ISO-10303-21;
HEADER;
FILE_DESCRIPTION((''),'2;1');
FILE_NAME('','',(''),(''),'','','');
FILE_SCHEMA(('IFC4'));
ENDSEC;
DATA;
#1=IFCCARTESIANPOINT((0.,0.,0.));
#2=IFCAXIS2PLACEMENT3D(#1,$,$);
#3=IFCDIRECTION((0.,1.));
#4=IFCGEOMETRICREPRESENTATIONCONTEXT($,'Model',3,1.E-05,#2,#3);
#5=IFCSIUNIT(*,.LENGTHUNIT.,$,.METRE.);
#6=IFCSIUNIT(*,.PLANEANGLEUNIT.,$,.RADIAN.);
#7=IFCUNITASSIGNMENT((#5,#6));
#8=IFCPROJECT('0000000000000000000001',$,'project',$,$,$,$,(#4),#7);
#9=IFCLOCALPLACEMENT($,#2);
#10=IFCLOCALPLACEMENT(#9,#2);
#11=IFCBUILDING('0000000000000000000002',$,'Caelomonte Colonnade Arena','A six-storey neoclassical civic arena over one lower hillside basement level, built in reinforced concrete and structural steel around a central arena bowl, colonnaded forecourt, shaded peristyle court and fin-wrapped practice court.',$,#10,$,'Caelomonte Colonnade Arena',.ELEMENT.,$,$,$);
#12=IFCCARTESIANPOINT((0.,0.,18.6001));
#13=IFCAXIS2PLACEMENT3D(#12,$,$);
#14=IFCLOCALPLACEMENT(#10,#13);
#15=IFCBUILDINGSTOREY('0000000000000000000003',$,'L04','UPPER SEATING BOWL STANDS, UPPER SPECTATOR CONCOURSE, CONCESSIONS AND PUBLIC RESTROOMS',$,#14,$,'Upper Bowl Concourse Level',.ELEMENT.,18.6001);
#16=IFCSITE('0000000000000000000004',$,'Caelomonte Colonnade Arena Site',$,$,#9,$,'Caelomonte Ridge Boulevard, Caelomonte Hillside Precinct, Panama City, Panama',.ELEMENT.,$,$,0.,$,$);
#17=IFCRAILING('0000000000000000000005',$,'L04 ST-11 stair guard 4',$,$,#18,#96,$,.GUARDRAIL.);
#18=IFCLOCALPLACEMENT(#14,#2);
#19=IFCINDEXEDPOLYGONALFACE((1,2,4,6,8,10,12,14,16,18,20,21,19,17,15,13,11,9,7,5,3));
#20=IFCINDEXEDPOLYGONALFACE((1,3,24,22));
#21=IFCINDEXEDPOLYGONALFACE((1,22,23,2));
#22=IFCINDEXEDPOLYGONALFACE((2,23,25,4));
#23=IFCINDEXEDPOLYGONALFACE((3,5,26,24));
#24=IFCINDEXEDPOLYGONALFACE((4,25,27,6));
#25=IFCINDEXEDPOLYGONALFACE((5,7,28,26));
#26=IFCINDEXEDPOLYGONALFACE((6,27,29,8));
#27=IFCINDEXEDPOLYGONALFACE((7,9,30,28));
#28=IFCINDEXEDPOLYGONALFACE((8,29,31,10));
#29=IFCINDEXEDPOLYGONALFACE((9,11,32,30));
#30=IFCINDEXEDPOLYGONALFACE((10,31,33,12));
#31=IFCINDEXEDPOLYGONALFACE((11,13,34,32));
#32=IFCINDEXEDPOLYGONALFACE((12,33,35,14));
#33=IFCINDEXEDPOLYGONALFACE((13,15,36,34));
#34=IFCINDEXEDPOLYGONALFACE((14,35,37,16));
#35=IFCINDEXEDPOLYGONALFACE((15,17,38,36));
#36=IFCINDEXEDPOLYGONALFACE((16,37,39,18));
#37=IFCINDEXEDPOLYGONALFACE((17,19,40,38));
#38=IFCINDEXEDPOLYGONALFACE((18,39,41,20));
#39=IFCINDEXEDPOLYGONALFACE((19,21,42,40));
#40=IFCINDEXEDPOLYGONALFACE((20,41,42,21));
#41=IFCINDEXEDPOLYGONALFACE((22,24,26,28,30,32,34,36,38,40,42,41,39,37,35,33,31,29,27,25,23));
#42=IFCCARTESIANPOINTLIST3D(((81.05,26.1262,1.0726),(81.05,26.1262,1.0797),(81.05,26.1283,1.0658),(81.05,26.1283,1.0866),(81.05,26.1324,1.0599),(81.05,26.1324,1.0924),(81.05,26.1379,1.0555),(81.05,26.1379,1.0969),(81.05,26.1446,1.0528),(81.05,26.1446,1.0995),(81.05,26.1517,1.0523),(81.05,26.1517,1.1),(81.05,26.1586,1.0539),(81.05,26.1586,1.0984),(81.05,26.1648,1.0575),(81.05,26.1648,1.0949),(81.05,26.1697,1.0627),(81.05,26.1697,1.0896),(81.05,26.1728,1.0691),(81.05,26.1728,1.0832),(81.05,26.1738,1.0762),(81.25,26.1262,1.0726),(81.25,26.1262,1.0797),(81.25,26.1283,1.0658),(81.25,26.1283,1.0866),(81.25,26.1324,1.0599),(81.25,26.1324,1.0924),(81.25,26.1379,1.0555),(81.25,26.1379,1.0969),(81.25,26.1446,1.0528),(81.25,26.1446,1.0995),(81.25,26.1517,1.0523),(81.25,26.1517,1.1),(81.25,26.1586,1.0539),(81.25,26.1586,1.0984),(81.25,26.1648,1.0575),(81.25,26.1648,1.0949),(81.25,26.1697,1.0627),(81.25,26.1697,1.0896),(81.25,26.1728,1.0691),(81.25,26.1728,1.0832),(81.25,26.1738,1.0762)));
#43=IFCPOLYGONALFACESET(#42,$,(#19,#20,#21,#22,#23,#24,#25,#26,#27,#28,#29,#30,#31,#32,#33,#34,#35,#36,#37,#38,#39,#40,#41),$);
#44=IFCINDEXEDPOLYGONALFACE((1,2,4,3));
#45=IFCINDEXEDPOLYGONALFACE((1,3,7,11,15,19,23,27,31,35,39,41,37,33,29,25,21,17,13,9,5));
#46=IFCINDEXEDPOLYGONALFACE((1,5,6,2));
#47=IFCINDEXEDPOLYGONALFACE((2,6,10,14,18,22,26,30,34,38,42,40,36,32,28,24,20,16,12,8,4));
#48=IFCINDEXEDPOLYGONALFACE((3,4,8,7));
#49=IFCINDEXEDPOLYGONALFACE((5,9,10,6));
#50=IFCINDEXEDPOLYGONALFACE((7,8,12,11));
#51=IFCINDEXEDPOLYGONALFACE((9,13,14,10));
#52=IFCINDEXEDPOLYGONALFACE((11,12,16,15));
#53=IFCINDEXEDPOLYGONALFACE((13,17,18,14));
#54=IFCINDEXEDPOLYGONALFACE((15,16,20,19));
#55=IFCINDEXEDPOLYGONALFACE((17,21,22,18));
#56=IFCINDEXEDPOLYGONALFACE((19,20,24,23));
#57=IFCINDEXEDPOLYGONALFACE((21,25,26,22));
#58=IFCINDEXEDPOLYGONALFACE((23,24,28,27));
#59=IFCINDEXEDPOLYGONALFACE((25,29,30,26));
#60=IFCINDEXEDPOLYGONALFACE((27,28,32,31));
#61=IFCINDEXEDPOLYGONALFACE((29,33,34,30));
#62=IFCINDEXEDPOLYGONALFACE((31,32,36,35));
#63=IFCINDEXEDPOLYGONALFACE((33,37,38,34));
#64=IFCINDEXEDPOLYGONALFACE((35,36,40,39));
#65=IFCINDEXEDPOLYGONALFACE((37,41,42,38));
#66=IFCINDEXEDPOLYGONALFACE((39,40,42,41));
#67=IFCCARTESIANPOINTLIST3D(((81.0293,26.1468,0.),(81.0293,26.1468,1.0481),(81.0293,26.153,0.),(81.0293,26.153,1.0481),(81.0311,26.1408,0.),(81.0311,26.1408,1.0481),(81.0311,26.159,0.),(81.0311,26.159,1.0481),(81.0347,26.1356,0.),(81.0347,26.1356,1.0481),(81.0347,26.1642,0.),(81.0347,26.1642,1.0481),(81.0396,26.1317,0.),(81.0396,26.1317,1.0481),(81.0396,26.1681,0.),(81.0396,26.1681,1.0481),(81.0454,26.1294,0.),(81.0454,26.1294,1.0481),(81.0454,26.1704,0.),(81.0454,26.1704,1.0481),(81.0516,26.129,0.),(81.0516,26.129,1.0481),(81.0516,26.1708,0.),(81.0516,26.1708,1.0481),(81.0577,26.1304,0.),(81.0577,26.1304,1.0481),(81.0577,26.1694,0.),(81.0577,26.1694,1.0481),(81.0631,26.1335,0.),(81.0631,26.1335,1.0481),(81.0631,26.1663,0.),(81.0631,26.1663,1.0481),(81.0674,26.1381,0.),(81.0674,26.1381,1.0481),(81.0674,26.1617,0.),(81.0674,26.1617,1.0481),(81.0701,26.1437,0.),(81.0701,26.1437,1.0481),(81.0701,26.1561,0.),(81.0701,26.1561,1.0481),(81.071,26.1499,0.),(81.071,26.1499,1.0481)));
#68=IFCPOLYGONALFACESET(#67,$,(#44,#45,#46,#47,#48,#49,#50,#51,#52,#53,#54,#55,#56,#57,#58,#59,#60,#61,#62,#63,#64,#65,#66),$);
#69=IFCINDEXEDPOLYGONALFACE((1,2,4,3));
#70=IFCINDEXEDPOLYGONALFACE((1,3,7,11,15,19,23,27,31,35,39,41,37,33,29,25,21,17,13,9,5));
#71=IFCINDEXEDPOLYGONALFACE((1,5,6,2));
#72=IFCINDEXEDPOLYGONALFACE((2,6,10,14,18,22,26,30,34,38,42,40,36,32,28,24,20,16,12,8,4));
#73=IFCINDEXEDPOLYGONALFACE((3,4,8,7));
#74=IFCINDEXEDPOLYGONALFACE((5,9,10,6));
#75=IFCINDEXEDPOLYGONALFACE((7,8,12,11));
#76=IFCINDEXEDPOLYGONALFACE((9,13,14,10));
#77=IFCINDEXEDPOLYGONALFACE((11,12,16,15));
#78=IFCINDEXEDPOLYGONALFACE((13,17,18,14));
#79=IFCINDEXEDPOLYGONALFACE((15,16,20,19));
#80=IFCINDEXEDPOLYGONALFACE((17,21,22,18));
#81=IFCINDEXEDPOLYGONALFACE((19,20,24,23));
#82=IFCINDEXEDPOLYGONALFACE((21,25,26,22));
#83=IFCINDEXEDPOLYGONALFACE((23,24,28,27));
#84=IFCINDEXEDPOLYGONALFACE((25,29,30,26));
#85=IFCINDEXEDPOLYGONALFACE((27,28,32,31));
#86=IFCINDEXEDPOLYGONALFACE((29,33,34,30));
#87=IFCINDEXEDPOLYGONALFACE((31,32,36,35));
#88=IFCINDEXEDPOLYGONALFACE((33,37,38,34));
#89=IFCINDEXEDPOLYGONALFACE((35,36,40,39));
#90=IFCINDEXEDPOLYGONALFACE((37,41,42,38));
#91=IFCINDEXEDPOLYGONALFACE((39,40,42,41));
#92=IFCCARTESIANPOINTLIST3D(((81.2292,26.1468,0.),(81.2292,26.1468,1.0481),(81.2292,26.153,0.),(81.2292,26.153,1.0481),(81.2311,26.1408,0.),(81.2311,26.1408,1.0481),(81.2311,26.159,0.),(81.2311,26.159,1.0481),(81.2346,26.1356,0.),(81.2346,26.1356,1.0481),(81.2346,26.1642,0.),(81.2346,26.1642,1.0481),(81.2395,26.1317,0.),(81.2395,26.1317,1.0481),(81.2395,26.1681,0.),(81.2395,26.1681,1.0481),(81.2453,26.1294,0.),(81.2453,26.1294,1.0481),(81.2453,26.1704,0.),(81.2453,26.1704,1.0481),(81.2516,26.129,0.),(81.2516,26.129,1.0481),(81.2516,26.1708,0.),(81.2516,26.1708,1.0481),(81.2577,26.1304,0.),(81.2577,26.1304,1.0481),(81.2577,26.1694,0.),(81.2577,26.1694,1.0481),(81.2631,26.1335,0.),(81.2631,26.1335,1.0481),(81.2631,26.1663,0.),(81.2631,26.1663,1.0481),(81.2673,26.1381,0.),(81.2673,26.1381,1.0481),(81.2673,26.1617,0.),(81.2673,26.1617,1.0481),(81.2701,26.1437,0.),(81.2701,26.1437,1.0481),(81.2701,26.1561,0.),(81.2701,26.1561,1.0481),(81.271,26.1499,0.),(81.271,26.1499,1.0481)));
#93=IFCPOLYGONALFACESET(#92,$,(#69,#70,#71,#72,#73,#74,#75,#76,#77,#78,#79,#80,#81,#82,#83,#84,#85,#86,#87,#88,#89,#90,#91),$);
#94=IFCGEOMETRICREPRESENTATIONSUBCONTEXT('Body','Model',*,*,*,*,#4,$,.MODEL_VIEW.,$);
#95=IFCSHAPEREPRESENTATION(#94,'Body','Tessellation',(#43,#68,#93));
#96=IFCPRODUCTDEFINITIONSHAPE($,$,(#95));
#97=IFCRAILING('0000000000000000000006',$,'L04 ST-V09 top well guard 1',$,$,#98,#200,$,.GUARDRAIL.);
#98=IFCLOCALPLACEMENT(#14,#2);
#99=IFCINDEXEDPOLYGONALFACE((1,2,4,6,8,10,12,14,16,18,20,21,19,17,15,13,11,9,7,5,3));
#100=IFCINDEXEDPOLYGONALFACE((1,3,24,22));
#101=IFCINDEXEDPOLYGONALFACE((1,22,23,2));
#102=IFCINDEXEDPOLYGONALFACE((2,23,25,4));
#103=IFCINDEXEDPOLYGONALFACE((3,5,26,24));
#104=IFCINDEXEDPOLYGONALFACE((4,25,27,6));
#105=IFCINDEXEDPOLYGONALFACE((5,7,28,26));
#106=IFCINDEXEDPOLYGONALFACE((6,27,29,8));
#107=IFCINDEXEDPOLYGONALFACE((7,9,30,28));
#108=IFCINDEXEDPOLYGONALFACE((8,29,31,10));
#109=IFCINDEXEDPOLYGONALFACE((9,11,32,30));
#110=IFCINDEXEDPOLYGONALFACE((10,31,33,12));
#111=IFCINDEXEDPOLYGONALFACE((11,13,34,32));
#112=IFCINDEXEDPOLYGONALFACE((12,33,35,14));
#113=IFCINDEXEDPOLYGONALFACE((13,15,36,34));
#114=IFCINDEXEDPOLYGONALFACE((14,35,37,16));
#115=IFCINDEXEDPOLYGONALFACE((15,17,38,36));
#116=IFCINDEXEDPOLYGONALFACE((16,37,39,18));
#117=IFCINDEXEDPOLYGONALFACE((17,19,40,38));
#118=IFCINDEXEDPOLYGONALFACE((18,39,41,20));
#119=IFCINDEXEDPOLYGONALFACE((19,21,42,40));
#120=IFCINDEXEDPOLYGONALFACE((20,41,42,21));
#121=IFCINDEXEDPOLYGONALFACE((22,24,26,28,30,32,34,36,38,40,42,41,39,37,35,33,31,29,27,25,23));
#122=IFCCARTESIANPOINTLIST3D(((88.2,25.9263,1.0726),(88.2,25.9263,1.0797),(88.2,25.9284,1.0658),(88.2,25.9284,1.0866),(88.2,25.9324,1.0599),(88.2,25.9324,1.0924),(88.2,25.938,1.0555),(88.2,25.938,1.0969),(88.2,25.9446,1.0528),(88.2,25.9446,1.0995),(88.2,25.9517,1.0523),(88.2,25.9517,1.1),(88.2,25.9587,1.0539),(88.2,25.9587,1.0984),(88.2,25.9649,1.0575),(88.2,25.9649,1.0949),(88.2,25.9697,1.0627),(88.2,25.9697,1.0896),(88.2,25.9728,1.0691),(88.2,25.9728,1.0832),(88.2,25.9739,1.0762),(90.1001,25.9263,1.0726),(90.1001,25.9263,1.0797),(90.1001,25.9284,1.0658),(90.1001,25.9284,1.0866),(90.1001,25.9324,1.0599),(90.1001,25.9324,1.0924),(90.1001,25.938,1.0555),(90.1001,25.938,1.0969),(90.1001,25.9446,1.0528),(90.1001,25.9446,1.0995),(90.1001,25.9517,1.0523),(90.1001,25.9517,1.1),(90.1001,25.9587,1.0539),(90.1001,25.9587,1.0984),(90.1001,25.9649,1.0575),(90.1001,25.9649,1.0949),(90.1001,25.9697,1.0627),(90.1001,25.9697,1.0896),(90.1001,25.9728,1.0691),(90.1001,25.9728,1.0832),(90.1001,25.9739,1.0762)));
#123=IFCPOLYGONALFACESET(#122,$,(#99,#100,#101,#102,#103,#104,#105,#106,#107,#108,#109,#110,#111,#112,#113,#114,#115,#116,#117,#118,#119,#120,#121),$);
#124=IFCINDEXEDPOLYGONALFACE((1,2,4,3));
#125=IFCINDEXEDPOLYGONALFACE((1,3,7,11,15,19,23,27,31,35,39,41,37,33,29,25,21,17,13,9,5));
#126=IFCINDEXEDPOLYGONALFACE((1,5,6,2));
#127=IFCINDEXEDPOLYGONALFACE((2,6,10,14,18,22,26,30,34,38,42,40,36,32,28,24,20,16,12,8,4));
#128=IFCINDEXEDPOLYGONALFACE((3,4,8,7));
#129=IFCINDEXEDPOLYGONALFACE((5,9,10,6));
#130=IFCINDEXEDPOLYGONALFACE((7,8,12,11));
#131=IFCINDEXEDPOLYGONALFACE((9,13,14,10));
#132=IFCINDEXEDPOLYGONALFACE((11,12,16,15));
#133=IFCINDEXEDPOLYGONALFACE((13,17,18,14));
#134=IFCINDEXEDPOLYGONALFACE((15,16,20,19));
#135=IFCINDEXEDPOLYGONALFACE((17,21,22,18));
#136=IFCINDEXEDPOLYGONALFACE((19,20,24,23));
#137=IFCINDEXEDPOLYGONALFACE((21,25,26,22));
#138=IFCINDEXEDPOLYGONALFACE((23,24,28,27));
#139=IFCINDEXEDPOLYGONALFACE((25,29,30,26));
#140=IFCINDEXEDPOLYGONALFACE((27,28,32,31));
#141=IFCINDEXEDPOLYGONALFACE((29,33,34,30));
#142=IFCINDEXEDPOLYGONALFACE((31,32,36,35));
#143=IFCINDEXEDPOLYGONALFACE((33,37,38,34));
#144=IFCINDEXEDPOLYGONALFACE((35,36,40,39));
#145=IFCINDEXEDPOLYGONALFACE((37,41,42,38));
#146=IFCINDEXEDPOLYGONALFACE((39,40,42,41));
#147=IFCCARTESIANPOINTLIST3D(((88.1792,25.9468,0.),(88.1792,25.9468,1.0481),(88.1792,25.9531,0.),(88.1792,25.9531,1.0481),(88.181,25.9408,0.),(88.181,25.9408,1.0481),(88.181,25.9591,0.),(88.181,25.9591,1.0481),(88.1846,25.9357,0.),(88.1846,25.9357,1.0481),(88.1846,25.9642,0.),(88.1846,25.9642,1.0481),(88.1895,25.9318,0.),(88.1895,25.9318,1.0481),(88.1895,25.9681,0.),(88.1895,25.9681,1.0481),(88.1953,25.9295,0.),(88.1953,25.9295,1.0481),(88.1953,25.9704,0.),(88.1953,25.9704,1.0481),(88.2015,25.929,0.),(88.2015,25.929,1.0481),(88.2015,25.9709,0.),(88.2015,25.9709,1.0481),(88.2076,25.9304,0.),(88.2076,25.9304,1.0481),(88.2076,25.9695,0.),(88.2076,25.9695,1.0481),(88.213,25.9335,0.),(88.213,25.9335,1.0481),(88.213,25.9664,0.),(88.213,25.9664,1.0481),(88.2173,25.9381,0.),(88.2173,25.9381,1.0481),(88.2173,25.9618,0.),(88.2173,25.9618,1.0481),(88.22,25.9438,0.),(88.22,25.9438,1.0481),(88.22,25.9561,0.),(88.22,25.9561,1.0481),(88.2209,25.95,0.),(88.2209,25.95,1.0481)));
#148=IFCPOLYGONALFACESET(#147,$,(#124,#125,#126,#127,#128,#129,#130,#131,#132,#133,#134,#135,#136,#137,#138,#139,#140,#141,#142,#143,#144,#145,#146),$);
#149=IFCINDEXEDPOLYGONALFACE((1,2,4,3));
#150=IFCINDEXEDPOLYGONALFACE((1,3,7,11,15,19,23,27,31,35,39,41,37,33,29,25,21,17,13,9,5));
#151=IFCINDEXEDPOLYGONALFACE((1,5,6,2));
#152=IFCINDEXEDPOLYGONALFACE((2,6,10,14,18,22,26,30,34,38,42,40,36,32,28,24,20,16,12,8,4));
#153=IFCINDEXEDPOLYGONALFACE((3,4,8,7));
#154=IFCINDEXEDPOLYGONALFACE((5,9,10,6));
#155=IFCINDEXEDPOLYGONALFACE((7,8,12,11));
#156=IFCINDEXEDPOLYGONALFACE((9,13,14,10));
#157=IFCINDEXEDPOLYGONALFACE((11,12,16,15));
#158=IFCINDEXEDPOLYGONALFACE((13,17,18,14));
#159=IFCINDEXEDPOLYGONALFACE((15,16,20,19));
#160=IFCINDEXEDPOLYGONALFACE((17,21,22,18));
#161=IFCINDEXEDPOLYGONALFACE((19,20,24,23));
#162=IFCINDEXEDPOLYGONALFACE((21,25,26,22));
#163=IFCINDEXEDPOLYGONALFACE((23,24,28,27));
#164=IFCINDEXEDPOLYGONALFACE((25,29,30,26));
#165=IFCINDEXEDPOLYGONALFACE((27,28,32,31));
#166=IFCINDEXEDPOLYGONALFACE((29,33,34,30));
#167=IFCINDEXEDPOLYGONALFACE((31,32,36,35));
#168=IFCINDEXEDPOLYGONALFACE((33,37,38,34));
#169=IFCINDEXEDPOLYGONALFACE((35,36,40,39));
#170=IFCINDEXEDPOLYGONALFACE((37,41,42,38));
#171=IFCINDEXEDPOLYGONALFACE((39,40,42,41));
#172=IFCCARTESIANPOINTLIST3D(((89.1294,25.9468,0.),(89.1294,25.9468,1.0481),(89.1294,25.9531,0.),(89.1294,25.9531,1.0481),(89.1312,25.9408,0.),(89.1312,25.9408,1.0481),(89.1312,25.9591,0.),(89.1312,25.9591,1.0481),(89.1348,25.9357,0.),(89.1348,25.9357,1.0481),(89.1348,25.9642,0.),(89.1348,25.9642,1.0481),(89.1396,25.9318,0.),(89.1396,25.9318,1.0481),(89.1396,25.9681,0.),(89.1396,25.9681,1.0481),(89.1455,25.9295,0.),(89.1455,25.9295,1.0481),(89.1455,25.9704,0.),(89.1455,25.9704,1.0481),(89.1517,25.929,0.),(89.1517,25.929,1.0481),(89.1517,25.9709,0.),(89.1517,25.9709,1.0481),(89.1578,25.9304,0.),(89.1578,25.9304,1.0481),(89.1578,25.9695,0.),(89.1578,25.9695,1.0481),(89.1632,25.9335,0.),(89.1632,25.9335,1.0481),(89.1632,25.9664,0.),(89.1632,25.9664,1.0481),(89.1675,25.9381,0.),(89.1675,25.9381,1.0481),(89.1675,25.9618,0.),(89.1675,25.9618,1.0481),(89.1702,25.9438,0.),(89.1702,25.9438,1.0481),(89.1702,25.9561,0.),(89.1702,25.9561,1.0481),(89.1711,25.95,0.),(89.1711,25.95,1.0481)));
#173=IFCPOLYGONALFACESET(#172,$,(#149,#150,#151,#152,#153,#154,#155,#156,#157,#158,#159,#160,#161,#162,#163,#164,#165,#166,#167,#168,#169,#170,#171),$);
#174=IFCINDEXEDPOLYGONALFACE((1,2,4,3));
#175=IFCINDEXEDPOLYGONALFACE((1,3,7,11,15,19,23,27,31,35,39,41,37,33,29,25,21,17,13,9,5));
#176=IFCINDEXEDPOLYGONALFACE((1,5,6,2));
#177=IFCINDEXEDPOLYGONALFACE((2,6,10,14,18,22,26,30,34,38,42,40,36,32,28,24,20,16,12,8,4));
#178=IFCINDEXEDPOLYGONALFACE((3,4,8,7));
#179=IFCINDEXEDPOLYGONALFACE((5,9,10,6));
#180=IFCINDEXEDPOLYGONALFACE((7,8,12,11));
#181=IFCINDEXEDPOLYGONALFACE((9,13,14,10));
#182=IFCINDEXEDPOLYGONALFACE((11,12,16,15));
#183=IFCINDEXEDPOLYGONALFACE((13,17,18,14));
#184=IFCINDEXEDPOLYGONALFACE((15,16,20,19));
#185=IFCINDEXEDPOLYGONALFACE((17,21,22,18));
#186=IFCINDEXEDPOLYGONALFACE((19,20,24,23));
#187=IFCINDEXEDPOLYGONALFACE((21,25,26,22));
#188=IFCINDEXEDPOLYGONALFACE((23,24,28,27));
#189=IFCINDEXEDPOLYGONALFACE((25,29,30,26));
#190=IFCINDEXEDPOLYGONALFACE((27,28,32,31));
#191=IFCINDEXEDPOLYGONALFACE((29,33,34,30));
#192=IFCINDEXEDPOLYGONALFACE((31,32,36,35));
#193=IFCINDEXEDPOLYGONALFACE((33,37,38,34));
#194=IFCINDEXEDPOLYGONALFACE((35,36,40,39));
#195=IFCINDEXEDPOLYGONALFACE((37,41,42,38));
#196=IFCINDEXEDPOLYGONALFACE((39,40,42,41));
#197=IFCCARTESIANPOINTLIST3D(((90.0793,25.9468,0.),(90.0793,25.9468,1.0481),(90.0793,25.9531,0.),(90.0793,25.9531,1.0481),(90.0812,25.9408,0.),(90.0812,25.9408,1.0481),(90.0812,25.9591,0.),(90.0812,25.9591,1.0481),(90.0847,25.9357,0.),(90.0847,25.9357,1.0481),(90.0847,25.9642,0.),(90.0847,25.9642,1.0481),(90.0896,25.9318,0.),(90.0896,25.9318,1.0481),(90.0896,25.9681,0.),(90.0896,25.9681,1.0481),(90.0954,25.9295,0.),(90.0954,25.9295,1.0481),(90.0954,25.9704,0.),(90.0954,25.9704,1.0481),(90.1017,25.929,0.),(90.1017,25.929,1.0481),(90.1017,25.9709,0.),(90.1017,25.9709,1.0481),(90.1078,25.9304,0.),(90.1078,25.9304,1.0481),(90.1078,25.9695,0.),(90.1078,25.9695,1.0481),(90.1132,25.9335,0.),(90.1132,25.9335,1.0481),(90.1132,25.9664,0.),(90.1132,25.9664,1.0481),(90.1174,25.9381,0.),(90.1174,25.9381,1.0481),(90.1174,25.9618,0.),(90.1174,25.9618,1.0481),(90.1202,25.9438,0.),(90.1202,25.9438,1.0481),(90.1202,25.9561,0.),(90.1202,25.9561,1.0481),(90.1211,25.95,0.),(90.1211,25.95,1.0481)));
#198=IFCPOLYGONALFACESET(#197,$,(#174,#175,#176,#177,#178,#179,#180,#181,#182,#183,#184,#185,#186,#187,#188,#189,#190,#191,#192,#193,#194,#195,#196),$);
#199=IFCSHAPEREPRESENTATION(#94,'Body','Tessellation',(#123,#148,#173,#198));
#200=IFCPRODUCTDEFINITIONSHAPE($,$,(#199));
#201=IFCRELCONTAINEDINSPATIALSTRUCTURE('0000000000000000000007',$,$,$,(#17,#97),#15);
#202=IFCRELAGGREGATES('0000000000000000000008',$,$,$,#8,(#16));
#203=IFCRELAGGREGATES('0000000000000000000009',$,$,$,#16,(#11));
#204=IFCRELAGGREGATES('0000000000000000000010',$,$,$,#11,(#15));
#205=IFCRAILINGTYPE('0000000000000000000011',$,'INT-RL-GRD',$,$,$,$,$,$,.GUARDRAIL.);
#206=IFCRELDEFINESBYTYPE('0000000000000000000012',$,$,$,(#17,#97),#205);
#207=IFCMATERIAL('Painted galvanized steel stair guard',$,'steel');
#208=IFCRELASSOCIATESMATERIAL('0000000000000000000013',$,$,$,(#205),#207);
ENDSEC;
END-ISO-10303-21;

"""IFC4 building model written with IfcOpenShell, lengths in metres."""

from ifc_helpers import new_model, si_unit, direction, frame, origin, origin_2d, place, context, subcontext, project, spatial, circle, extrude, material, type_object, element, save


model = new_model("IFC4")

# Units and contexts
model_context = context("Model", 3, precision=1e-05, world=origin(), true_north=direction((0.0, 1.0)))
body_context = subcontext(model_context, "Body", "Model", "MODEL_VIEW")
ifc_project = project(units=[si_unit("LENGTHUNIT", "METRE"), si_unit("PLANEANGLEUNIT", "RADIAN")], contexts=[model_context])

# Site, building, storey
site_placement = place(None, origin())
site = spatial("IfcSite", under=ifc_project, at=site_placement, Name="Caelomonte Colonnade Arena Site", LongName="Caelomonte Ridge Boulevard, Caelomonte Hillside Precinct, Panama City, Panama", CompositionType="ELEMENT", RefElevation=0.0)
building_placement = place(site_placement, origin())
building = spatial("IfcBuilding", under=site, at=building_placement, Name="Caelomonte Colonnade Arena", Description="A six-storey neoclassical civic arena over one lower hillside basement level, built in reinforced concrete and structural steel around a central arena bowl, colonnaded forecourt, shaded peristyle court and fin-wrapped practice court.", LongName="Caelomonte Colonnade Arena", CompositionType="ELEMENT")
storey_placement = place(building_placement, frame((0.0, 0.0, 18.6001)))
storey = spatial("IfcBuildingStorey", under=building, at=storey_placement, Name="L04", Description="UPPER SEATING BOWL STANDS, UPPER SPECTATOR CONCOURSE, CONCESSIONS AND PUBLIC RESTROOMS", LongName="Upper Bowl Concourse Level", CompositionType="ELEMENT", Elevation=18.6001)

# Railings
ifc_material_1 = material(Name="Painted galvanized steel stair guard", Category="steel")
railing_type_1 = type_object("IfcRailingType", Name="INT-RL-GRD", PredefinedType="GUARDRAIL", material=ifc_material_1)
railing_1_placement = place(storey_placement, frame((81.05, 26.1499, 0.0)))
element("IfcRailing", 1, at=railing_1_placement, inside=storey, type_object=railing_type_1, Name="L04 ST-11 stair guard 4", PredefinedType="GUARDRAIL", context=body_context, shape_type="SweptSolid", body=[
    extrude(circle(Radius=0.0239, at=origin_2d()), frame((0.0, 0.0, 1.0762), z_axis=(1.0, 0.0, 0.0), x_axis=(0.0, 1.0, 0.0)), (0.0, 0.0, 1.0), 0.2),
    extrude(circle(Radius=0.021, at=origin_2d()), origin(), (0.0, 0.0, 1.0), 1.0481),
    extrude(circle(Radius=0.021, at=origin_2d()), frame((0.2, 0.0, 0.0)), (0.0, 0.0, 1.0), 1.0481),
])
railing_2_placement = place(storey_placement, frame((88.2, 25.95, 0.0)))
element("IfcRailing", 2, at=railing_2_placement, inside=storey, type_object=railing_type_1, Name="L04 ST-V09 top well guard 1", PredefinedType="GUARDRAIL", context=body_context, shape_type="SweptSolid", body=[
    extrude(circle(Radius=0.0239, at=origin_2d()), frame((0.0, 0.0, 1.0762), z_axis=(1.0, 0.0, 0.0), x_axis=(0.0, 1.0, 0.0)), (0.0, 0.0, 1.0), 1.9001),
    extrude(circle(Radius=0.021, at=origin_2d()), origin(), (0.0, 0.0, 1.0), 1.0481),
    extrude(circle(Radius=0.021, at=origin_2d()), frame((0.9502, 0.0, 0.0)), (0.0, 0.0, 1.0), 1.0481),
    extrude(circle(Radius=0.021, at=origin_2d()), frame((1.9001, 0.0, 0.0)), (0.0, 0.0, 1.0), 1.0481),
])

save(model, "model.ifc")
